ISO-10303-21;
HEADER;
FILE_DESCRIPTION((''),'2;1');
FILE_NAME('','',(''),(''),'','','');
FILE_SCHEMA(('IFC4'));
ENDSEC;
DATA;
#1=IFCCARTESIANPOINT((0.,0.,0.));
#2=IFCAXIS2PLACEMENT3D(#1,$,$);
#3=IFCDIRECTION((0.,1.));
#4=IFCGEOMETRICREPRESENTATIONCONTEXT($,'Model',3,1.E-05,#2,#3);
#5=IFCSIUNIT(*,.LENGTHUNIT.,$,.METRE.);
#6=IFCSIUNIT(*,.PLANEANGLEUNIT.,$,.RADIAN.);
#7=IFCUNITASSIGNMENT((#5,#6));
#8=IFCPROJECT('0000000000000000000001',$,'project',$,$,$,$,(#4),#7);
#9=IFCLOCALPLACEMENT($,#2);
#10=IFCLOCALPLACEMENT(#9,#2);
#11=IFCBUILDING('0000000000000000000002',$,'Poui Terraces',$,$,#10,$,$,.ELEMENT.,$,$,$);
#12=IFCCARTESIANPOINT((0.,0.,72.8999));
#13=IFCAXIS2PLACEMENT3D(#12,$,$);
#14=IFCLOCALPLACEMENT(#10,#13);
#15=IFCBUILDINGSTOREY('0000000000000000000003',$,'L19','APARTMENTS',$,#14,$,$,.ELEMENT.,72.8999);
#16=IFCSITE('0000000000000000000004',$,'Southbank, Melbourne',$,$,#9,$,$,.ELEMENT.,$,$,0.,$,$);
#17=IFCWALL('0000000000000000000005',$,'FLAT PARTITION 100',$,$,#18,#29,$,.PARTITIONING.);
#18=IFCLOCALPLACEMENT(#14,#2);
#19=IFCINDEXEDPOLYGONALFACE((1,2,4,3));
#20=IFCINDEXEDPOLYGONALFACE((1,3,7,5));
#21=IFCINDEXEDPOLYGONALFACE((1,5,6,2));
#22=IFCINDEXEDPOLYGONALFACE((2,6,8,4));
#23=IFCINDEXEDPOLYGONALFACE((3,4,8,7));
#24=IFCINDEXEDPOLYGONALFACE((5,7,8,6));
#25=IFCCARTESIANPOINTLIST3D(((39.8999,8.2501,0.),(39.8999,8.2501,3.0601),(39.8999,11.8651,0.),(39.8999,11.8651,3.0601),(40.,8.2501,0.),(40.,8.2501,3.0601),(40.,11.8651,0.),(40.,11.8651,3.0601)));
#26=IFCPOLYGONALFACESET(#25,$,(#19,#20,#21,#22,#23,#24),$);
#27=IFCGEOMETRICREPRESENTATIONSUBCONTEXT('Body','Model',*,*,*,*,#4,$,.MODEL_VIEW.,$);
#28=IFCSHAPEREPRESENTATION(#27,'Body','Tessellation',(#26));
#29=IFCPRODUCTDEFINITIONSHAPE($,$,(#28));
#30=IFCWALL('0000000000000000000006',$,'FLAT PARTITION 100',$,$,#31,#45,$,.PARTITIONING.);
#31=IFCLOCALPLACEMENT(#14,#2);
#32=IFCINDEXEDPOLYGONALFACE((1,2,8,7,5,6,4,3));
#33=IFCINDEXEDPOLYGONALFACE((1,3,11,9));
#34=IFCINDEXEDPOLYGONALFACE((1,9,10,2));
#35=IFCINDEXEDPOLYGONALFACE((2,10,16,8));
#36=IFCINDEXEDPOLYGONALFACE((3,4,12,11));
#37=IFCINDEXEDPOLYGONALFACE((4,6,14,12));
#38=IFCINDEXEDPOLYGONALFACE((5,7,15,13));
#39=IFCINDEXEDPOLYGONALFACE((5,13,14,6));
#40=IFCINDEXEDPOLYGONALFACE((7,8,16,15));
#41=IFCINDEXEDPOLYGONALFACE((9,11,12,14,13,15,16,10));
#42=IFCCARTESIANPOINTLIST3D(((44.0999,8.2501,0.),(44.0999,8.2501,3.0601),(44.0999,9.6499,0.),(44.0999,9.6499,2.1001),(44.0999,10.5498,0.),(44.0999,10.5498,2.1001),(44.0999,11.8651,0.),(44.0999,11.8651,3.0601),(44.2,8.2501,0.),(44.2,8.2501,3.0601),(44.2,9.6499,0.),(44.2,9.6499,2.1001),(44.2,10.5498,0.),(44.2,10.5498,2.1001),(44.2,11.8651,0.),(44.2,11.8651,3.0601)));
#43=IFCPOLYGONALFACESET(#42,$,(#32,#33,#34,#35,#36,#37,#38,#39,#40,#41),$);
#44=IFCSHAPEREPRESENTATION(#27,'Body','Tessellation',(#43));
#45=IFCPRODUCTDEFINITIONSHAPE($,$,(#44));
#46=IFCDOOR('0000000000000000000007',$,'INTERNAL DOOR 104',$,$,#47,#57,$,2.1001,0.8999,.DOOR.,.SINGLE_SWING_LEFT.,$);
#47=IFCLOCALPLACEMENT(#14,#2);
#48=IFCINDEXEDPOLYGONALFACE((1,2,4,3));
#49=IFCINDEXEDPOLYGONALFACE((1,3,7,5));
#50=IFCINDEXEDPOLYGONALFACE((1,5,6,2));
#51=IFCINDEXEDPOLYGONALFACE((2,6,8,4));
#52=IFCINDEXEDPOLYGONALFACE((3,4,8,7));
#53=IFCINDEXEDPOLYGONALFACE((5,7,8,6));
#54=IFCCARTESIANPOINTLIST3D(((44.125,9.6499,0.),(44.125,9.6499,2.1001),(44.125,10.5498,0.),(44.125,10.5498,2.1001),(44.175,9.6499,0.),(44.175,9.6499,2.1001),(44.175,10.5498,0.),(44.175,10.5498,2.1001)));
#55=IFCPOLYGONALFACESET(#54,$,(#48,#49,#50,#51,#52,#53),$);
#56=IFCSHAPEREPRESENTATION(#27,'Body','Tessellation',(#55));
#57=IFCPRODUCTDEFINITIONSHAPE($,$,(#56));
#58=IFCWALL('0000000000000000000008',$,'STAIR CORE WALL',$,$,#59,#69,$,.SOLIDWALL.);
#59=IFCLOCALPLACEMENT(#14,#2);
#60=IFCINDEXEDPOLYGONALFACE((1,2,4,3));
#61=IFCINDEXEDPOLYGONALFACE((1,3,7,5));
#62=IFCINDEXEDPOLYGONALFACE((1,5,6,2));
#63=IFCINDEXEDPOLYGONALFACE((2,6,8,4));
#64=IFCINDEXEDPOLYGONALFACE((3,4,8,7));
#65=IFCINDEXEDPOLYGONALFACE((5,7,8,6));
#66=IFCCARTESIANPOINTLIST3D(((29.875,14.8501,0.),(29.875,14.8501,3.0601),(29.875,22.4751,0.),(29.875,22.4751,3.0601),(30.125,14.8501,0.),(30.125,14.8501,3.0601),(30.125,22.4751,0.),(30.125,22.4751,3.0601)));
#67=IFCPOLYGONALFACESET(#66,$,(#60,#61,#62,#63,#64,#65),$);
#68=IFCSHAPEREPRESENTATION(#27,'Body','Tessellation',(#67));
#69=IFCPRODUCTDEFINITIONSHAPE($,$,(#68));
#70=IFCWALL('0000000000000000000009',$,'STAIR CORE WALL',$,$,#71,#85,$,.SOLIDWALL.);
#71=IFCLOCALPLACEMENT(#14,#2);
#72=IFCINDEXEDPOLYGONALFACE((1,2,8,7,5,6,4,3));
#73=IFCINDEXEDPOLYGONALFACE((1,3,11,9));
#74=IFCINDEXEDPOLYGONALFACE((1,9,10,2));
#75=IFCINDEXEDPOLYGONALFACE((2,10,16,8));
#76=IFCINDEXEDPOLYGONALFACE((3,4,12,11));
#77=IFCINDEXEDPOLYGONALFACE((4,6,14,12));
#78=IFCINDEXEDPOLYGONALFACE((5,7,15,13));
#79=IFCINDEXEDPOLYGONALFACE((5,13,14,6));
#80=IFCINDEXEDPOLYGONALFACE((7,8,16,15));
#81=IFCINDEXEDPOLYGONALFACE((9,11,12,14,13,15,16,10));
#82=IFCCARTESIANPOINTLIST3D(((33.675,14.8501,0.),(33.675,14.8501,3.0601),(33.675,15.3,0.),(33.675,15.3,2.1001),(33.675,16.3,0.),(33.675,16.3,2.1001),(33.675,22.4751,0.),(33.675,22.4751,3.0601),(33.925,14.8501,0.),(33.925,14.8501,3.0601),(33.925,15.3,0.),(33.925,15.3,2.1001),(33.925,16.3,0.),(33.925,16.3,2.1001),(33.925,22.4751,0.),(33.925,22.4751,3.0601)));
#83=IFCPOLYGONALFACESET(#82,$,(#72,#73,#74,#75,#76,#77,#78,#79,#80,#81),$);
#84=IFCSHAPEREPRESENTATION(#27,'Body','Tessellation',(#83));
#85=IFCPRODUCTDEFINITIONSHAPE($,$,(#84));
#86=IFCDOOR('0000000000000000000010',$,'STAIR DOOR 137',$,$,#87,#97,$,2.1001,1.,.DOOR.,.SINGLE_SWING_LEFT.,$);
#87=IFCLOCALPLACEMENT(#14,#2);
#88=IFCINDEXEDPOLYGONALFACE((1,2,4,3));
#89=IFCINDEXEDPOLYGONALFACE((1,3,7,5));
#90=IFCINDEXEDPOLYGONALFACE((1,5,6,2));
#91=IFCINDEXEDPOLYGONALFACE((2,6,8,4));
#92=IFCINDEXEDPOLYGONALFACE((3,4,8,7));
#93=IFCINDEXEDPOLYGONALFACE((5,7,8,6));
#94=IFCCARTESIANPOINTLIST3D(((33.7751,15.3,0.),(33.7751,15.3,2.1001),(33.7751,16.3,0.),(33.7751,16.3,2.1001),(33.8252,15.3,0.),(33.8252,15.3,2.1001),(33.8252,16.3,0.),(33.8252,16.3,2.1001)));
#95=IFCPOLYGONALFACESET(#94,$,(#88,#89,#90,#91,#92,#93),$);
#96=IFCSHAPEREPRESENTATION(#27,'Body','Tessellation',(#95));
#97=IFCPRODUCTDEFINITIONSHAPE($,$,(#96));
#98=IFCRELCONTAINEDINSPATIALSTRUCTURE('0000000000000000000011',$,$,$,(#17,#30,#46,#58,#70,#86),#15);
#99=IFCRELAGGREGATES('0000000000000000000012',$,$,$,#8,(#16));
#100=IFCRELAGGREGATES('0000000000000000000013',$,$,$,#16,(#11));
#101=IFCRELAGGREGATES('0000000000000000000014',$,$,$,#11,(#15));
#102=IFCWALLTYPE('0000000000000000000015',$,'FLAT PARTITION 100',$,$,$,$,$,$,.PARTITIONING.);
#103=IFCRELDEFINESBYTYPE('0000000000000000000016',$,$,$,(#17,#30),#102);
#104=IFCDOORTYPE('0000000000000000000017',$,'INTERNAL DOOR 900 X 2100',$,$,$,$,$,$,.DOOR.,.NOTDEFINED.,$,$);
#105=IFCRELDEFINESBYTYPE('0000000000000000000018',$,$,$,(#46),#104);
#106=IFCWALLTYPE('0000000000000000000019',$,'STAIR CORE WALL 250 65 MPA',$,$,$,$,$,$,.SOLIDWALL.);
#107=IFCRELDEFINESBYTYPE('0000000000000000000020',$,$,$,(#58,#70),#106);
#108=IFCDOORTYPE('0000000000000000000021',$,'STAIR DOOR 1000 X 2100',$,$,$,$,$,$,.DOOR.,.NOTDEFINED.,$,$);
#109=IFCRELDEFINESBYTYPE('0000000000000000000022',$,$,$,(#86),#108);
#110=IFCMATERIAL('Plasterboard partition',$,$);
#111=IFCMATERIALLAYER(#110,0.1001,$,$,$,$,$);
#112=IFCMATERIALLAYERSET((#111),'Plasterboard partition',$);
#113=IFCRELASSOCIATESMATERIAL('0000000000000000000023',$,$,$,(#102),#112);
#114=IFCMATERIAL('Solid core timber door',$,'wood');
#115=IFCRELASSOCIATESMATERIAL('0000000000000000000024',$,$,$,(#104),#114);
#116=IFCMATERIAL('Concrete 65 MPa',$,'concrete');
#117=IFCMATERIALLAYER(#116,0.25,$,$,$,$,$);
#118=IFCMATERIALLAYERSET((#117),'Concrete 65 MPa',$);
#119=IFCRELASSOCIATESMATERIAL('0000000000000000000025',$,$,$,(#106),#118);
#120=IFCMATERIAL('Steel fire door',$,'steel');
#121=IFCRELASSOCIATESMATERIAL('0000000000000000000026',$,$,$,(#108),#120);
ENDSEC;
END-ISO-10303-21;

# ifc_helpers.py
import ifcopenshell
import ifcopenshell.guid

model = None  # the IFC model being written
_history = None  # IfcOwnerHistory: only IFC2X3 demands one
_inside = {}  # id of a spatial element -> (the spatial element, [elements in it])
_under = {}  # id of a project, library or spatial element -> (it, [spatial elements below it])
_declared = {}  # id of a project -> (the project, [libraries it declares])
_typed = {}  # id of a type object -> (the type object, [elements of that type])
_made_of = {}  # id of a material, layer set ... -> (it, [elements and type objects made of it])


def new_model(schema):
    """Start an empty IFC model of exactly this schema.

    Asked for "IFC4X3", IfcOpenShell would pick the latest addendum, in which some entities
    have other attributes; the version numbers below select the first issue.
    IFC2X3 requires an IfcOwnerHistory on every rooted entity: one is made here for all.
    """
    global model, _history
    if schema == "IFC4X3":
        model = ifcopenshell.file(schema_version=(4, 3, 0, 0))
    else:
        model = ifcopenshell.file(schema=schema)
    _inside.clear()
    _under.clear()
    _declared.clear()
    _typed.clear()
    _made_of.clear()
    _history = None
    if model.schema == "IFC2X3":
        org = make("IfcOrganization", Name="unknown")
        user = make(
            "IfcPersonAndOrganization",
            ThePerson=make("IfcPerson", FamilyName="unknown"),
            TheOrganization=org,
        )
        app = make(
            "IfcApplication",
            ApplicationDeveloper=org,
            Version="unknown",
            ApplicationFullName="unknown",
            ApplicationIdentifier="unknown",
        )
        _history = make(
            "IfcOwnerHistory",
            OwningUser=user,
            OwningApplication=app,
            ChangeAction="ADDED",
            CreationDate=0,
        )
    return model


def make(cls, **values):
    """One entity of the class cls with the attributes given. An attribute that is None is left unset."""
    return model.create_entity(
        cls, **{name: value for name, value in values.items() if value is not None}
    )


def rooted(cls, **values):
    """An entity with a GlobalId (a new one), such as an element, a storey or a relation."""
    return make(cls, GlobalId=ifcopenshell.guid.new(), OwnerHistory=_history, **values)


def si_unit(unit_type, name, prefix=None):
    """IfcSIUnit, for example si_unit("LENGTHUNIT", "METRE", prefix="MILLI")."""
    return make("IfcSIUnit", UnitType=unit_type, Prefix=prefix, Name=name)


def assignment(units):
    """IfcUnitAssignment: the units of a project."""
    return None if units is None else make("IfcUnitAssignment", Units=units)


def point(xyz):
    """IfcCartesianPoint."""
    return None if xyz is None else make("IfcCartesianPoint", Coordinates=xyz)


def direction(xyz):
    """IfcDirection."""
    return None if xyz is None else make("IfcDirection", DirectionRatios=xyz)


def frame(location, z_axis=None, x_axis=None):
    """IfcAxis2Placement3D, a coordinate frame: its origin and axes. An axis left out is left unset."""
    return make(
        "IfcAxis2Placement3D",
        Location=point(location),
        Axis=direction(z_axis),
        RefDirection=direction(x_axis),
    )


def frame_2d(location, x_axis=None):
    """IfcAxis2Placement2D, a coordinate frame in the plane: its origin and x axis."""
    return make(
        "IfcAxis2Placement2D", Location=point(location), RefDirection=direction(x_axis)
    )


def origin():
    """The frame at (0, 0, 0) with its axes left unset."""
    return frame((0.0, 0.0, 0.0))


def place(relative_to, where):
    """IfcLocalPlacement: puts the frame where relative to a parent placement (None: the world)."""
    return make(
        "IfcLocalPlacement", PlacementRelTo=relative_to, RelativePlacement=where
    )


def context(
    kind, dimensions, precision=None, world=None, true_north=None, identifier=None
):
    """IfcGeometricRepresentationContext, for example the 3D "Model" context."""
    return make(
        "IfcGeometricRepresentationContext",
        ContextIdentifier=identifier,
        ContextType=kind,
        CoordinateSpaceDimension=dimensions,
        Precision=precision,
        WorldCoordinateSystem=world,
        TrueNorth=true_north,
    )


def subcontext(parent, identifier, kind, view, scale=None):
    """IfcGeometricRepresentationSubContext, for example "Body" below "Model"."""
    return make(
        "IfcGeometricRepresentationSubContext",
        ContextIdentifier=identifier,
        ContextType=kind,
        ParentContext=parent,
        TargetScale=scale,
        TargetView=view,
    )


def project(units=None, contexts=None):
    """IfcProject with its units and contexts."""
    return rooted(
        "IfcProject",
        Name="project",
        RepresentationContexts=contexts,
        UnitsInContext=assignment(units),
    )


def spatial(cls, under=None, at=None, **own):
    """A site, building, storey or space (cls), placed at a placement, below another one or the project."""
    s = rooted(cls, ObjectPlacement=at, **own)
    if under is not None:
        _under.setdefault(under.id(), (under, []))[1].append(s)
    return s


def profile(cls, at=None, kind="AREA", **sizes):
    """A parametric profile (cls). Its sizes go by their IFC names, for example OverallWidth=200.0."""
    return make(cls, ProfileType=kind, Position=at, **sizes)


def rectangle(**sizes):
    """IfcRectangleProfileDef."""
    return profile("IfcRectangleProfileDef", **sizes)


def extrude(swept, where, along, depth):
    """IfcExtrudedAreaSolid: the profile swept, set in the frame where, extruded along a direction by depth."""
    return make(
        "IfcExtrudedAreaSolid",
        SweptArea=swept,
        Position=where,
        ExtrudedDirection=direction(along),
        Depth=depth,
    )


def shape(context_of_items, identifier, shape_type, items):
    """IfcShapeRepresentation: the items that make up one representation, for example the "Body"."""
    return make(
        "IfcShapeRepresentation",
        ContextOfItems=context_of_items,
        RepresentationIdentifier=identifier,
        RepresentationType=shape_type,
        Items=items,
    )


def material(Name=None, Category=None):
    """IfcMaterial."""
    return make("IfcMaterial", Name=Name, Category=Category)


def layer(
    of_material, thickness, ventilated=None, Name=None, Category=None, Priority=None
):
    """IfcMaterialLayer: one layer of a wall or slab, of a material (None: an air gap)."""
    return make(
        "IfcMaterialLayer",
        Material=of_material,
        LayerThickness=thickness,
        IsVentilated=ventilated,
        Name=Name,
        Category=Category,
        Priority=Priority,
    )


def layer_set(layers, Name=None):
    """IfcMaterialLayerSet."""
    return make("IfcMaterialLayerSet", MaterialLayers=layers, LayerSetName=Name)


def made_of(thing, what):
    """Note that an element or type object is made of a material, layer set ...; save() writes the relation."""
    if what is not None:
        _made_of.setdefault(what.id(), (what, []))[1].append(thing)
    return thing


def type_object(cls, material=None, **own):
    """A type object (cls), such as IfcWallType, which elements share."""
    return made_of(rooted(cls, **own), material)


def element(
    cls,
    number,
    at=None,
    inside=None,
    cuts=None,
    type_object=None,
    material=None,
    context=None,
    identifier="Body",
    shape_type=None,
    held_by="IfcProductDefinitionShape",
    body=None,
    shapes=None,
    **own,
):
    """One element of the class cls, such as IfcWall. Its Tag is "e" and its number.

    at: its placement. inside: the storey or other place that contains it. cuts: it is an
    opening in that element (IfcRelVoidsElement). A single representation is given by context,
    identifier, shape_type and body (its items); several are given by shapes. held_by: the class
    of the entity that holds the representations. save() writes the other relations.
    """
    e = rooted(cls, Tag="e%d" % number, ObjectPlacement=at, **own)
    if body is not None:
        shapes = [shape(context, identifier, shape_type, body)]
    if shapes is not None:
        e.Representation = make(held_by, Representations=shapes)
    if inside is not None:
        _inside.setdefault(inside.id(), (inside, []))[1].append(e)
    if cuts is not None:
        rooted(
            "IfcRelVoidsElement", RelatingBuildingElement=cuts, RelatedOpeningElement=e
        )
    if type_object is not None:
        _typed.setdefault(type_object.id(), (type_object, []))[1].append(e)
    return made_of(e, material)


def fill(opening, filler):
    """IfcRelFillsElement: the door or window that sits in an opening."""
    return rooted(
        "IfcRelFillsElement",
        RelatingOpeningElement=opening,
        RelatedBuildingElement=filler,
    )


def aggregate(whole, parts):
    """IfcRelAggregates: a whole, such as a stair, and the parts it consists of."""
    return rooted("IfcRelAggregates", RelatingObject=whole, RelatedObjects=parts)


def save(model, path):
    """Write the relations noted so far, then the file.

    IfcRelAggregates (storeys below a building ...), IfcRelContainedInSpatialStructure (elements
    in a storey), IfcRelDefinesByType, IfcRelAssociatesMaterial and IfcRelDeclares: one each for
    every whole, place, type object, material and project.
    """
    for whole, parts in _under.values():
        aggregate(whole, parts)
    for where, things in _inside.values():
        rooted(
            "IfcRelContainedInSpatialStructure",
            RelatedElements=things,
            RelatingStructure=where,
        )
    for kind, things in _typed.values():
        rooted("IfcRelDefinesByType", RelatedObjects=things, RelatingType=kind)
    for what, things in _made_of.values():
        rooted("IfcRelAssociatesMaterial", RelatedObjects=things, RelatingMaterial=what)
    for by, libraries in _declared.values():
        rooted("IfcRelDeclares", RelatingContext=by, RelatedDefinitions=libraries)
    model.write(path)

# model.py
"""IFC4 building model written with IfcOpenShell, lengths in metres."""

from ifc_helpers import new_model, si_unit, direction, frame, frame_2d, origin, place, context, subcontext, project, spatial, rectangle, extrude, material, layer, layer_set, type_object, element, fill, save


model = new_model("IFC4")

# Units and contexts
model_context = context("Model", 3, precision=1e-05, world=origin(), true_north=direction((0.0, 1.0)))
body_context = subcontext(model_context, "Body", "Model", "MODEL_VIEW")
ifc_project = project(units=[si_unit("LENGTHUNIT", "METRE"), si_unit("PLANEANGLEUNIT", "RADIAN")], contexts=[model_context])

# Site, building, storey
site_placement = place(None, origin())
site = spatial("IfcSite", under=ifc_project, at=site_placement, Name="Southbank, Melbourne", CompositionType="ELEMENT", RefElevation=0.0)
building_placement = place(site_placement, origin())
building = spatial("IfcBuilding", under=site, at=building_placement, Name="Poui Terraces", CompositionType="ELEMENT")
storey_placement = place(building_placement, frame((0.0, 0.0, 72.8999)))
storey = spatial("IfcBuildingStorey", under=building, at=storey_placement, Name="L19", Description="APARTMENTS", CompositionType="ELEMENT", Elevation=72.8999)

# Shared definitions
ifc_material_1 = material(Name="Concrete 65 MPa", Category="concrete")

# Shared definitions
ifc_material_2 = material(Name="Steel fire door", Category="steel")
ifc_material_3 = material(Name="Plasterboard partition")
ifc_layer_1 = layer(ifc_material_3, 0.1001)
ifc_layer_set_1 = layer_set([ifc_layer_1], Name="Plasterboard partition")
wall_type_1 = type_object("IfcWallType", Name="FLAT PARTITION 100", PredefinedType="PARTITIONING", material=ifc_layer_set_1)
ifc_material_4 = material(Name="Solid core timber door", Category="wood")

# Wall
for number, where, z_axis, x_axis, name in (
    (1, (39.95, 8.25, 0.0), (0.0, 0.0, 1.0), (0.0, 1.0, 0.0), "FLAT PARTITION 100"),
):
    element("IfcWall", number, at=place(storey_placement, frame(where, z_axis=z_axis, x_axis=x_axis)), inside=storey, type_object=wall_type_1, Name=name, PredefinedType="PARTITIONING", context=body_context, shape_type="SweptSolid", body=[
        extrude(rectangle(XDim=3.615, YDim=0.1001, at=frame_2d((1.8076, 0.0))), origin(), (0.0, 0.0, 1.0), 3.0601),
    ])

# Wall, opening, door
wall_1_placement = place(storey_placement, frame((44.1499, 8.25, 0.0), z_axis=(0.0, 0.0, 1.0), x_axis=(0.0, 1.0, 0.0)))
wall_1 = element("IfcWall", 2, at=wall_1_placement, inside=storey, type_object=wall_type_1, Name="FLAT PARTITION 100", PredefinedType="PARTITIONING", context=body_context, shape_type="SweptSolid", body=[
    extrude(rectangle(XDim=3.615, YDim=0.1001, at=frame_2d((1.8076, 0.0))), origin(), (0.0, 0.0, 1.0), 3.0601),
])
opening_1_placement = place(wall_1_placement, frame((1.3999, 0.0, 0.0)))
opening_1 = element("IfcOpeningElement", 3, at=opening_1_placement, cuts=wall_1, PredefinedType="OPENING", context=body_context, shape_type="SweptSolid", body=[
    extrude(rectangle(XDim=0.8999, YDim=2.1001, at=frame_2d((0.45, 1.05))), frame((0.0, 0.0601, 0.0), z_axis=(0.0, -1.0, 0.0), x_axis=(1.0, 0.0, 0.0)), (0.0, 0.0, 1.0), 0.1201),
])
door_type_1 = type_object("IfcDoorType", Name="INTERNAL DOOR 900 X 2100", OperationType="NOTDEFINED", PredefinedType="DOOR", material=ifc_material_4)
door_1_placement = place(opening_1_placement, origin())
door_1 = element("IfcDoor", 4, at=door_1_placement, inside=storey, type_object=door_type_1, Name="INTERNAL DOOR 104", OperationType="SINGLE_SWING_LEFT", OverallHeight=2.1001, OverallWidth=0.8999, PredefinedType="DOOR", context=body_context, shape_type="SweptSolid", body=[
    extrude(rectangle(XDim=0.8999, YDim=2.1001, at=frame_2d((0.45, 1.05))), frame((0.0, 0.0249, 0.0), z_axis=(0.0, -1.0, 0.0), x_axis=(1.0, 0.0, 0.0)), (0.0, 0.0, 1.0), 0.05),
])
fill(opening_1, door_1)

# Wall
ifc_layer_2 = layer(ifc_material_1, 0.25)
ifc_layer_set_2 = layer_set([ifc_layer_2], Name="Concrete 65 MPa")
wall_type_2 = type_object("IfcWallType", Name="STAIR CORE WALL 250 65 MPA", PredefinedType="SOLIDWALL", material=ifc_layer_set_2)
wall_2_placement = place(storey_placement, frame((30.0, 14.8501, 0.0), z_axis=(0.0, 0.0, 1.0), x_axis=(0.0, 1.0, 0.0)))
element("IfcWall", 5, at=wall_2_placement, inside=storey, type_object=wall_type_2, Name="STAIR CORE WALL", PredefinedType="SOLIDWALL", context=body_context, shape_type="SweptSolid", body=[
    extrude(rectangle(XDim=7.625, YDim=0.25, at=frame_2d((3.8125, 0.0))), origin(), (0.0, 0.0, 1.0), 3.0601),
])

# Wall, opening, door
wall_3_placement = place(storey_placement, frame((33.8, 14.8501, 0.0), z_axis=(0.0, 0.0, 1.0), x_axis=(0.0, 1.0, 0.0)))
wall_3 = element("IfcWall", 6, at=wall_3_placement, inside=storey, type_object=wall_type_2, Name="STAIR CORE WALL", PredefinedType="SOLIDWALL", context=body_context, shape_type="SweptSolid", body=[
    extrude(rectangle(XDim=7.625, YDim=0.25, at=frame_2d((3.8125, 0.0))), origin(), (0.0, 0.0, 1.0), 3.0601),
])
opening_2_placement = place(wall_3_placement, frame((0.45, 0.0, 0.0)))
opening_2 = element("IfcOpeningElement", 7, at=opening_2_placement, cuts=wall_3, PredefinedType="OPENING", context=body_context, shape_type="SweptSolid", body=[
    extrude(rectangle(XDim=1.0, YDim=2.1001, at=frame_2d((0.5, 1.05))), frame((0.0, 0.135, 0.0), z_axis=(0.0, -1.0, 0.0), x_axis=(1.0, 0.0, 0.0)), (0.0, 0.0, 1.0), 0.27),
])
door_type_2 = type_object("IfcDoorType", Name="STAIR DOOR 1000 X 2100", OperationType="NOTDEFINED", PredefinedType="DOOR", material=ifc_material_2)
door_2_placement = place(opening_2_placement, origin())
door_2 = element("IfcDoor", 8, at=door_2_placement, inside=storey, type_object=door_type_2, Name="STAIR DOOR 137", OperationType="SINGLE_SWING_LEFT", OverallHeight=2.1001, OverallWidth=1.0, PredefinedType="DOOR", context=body_context, shape_type="SweptSolid", body=[
    extrude(rectangle(XDim=1.0, YDim=2.1001, at=frame_2d((0.5, 1.05))), frame((0.0, 0.0249, 0.0), z_axis=(0.0, -1.0, 0.0), x_axis=(1.0, 0.0, 0.0)), (0.0, 0.0, 1.0), 0.05),
])
fill(opening_2, door_2)

save(model, "model.ifc")
